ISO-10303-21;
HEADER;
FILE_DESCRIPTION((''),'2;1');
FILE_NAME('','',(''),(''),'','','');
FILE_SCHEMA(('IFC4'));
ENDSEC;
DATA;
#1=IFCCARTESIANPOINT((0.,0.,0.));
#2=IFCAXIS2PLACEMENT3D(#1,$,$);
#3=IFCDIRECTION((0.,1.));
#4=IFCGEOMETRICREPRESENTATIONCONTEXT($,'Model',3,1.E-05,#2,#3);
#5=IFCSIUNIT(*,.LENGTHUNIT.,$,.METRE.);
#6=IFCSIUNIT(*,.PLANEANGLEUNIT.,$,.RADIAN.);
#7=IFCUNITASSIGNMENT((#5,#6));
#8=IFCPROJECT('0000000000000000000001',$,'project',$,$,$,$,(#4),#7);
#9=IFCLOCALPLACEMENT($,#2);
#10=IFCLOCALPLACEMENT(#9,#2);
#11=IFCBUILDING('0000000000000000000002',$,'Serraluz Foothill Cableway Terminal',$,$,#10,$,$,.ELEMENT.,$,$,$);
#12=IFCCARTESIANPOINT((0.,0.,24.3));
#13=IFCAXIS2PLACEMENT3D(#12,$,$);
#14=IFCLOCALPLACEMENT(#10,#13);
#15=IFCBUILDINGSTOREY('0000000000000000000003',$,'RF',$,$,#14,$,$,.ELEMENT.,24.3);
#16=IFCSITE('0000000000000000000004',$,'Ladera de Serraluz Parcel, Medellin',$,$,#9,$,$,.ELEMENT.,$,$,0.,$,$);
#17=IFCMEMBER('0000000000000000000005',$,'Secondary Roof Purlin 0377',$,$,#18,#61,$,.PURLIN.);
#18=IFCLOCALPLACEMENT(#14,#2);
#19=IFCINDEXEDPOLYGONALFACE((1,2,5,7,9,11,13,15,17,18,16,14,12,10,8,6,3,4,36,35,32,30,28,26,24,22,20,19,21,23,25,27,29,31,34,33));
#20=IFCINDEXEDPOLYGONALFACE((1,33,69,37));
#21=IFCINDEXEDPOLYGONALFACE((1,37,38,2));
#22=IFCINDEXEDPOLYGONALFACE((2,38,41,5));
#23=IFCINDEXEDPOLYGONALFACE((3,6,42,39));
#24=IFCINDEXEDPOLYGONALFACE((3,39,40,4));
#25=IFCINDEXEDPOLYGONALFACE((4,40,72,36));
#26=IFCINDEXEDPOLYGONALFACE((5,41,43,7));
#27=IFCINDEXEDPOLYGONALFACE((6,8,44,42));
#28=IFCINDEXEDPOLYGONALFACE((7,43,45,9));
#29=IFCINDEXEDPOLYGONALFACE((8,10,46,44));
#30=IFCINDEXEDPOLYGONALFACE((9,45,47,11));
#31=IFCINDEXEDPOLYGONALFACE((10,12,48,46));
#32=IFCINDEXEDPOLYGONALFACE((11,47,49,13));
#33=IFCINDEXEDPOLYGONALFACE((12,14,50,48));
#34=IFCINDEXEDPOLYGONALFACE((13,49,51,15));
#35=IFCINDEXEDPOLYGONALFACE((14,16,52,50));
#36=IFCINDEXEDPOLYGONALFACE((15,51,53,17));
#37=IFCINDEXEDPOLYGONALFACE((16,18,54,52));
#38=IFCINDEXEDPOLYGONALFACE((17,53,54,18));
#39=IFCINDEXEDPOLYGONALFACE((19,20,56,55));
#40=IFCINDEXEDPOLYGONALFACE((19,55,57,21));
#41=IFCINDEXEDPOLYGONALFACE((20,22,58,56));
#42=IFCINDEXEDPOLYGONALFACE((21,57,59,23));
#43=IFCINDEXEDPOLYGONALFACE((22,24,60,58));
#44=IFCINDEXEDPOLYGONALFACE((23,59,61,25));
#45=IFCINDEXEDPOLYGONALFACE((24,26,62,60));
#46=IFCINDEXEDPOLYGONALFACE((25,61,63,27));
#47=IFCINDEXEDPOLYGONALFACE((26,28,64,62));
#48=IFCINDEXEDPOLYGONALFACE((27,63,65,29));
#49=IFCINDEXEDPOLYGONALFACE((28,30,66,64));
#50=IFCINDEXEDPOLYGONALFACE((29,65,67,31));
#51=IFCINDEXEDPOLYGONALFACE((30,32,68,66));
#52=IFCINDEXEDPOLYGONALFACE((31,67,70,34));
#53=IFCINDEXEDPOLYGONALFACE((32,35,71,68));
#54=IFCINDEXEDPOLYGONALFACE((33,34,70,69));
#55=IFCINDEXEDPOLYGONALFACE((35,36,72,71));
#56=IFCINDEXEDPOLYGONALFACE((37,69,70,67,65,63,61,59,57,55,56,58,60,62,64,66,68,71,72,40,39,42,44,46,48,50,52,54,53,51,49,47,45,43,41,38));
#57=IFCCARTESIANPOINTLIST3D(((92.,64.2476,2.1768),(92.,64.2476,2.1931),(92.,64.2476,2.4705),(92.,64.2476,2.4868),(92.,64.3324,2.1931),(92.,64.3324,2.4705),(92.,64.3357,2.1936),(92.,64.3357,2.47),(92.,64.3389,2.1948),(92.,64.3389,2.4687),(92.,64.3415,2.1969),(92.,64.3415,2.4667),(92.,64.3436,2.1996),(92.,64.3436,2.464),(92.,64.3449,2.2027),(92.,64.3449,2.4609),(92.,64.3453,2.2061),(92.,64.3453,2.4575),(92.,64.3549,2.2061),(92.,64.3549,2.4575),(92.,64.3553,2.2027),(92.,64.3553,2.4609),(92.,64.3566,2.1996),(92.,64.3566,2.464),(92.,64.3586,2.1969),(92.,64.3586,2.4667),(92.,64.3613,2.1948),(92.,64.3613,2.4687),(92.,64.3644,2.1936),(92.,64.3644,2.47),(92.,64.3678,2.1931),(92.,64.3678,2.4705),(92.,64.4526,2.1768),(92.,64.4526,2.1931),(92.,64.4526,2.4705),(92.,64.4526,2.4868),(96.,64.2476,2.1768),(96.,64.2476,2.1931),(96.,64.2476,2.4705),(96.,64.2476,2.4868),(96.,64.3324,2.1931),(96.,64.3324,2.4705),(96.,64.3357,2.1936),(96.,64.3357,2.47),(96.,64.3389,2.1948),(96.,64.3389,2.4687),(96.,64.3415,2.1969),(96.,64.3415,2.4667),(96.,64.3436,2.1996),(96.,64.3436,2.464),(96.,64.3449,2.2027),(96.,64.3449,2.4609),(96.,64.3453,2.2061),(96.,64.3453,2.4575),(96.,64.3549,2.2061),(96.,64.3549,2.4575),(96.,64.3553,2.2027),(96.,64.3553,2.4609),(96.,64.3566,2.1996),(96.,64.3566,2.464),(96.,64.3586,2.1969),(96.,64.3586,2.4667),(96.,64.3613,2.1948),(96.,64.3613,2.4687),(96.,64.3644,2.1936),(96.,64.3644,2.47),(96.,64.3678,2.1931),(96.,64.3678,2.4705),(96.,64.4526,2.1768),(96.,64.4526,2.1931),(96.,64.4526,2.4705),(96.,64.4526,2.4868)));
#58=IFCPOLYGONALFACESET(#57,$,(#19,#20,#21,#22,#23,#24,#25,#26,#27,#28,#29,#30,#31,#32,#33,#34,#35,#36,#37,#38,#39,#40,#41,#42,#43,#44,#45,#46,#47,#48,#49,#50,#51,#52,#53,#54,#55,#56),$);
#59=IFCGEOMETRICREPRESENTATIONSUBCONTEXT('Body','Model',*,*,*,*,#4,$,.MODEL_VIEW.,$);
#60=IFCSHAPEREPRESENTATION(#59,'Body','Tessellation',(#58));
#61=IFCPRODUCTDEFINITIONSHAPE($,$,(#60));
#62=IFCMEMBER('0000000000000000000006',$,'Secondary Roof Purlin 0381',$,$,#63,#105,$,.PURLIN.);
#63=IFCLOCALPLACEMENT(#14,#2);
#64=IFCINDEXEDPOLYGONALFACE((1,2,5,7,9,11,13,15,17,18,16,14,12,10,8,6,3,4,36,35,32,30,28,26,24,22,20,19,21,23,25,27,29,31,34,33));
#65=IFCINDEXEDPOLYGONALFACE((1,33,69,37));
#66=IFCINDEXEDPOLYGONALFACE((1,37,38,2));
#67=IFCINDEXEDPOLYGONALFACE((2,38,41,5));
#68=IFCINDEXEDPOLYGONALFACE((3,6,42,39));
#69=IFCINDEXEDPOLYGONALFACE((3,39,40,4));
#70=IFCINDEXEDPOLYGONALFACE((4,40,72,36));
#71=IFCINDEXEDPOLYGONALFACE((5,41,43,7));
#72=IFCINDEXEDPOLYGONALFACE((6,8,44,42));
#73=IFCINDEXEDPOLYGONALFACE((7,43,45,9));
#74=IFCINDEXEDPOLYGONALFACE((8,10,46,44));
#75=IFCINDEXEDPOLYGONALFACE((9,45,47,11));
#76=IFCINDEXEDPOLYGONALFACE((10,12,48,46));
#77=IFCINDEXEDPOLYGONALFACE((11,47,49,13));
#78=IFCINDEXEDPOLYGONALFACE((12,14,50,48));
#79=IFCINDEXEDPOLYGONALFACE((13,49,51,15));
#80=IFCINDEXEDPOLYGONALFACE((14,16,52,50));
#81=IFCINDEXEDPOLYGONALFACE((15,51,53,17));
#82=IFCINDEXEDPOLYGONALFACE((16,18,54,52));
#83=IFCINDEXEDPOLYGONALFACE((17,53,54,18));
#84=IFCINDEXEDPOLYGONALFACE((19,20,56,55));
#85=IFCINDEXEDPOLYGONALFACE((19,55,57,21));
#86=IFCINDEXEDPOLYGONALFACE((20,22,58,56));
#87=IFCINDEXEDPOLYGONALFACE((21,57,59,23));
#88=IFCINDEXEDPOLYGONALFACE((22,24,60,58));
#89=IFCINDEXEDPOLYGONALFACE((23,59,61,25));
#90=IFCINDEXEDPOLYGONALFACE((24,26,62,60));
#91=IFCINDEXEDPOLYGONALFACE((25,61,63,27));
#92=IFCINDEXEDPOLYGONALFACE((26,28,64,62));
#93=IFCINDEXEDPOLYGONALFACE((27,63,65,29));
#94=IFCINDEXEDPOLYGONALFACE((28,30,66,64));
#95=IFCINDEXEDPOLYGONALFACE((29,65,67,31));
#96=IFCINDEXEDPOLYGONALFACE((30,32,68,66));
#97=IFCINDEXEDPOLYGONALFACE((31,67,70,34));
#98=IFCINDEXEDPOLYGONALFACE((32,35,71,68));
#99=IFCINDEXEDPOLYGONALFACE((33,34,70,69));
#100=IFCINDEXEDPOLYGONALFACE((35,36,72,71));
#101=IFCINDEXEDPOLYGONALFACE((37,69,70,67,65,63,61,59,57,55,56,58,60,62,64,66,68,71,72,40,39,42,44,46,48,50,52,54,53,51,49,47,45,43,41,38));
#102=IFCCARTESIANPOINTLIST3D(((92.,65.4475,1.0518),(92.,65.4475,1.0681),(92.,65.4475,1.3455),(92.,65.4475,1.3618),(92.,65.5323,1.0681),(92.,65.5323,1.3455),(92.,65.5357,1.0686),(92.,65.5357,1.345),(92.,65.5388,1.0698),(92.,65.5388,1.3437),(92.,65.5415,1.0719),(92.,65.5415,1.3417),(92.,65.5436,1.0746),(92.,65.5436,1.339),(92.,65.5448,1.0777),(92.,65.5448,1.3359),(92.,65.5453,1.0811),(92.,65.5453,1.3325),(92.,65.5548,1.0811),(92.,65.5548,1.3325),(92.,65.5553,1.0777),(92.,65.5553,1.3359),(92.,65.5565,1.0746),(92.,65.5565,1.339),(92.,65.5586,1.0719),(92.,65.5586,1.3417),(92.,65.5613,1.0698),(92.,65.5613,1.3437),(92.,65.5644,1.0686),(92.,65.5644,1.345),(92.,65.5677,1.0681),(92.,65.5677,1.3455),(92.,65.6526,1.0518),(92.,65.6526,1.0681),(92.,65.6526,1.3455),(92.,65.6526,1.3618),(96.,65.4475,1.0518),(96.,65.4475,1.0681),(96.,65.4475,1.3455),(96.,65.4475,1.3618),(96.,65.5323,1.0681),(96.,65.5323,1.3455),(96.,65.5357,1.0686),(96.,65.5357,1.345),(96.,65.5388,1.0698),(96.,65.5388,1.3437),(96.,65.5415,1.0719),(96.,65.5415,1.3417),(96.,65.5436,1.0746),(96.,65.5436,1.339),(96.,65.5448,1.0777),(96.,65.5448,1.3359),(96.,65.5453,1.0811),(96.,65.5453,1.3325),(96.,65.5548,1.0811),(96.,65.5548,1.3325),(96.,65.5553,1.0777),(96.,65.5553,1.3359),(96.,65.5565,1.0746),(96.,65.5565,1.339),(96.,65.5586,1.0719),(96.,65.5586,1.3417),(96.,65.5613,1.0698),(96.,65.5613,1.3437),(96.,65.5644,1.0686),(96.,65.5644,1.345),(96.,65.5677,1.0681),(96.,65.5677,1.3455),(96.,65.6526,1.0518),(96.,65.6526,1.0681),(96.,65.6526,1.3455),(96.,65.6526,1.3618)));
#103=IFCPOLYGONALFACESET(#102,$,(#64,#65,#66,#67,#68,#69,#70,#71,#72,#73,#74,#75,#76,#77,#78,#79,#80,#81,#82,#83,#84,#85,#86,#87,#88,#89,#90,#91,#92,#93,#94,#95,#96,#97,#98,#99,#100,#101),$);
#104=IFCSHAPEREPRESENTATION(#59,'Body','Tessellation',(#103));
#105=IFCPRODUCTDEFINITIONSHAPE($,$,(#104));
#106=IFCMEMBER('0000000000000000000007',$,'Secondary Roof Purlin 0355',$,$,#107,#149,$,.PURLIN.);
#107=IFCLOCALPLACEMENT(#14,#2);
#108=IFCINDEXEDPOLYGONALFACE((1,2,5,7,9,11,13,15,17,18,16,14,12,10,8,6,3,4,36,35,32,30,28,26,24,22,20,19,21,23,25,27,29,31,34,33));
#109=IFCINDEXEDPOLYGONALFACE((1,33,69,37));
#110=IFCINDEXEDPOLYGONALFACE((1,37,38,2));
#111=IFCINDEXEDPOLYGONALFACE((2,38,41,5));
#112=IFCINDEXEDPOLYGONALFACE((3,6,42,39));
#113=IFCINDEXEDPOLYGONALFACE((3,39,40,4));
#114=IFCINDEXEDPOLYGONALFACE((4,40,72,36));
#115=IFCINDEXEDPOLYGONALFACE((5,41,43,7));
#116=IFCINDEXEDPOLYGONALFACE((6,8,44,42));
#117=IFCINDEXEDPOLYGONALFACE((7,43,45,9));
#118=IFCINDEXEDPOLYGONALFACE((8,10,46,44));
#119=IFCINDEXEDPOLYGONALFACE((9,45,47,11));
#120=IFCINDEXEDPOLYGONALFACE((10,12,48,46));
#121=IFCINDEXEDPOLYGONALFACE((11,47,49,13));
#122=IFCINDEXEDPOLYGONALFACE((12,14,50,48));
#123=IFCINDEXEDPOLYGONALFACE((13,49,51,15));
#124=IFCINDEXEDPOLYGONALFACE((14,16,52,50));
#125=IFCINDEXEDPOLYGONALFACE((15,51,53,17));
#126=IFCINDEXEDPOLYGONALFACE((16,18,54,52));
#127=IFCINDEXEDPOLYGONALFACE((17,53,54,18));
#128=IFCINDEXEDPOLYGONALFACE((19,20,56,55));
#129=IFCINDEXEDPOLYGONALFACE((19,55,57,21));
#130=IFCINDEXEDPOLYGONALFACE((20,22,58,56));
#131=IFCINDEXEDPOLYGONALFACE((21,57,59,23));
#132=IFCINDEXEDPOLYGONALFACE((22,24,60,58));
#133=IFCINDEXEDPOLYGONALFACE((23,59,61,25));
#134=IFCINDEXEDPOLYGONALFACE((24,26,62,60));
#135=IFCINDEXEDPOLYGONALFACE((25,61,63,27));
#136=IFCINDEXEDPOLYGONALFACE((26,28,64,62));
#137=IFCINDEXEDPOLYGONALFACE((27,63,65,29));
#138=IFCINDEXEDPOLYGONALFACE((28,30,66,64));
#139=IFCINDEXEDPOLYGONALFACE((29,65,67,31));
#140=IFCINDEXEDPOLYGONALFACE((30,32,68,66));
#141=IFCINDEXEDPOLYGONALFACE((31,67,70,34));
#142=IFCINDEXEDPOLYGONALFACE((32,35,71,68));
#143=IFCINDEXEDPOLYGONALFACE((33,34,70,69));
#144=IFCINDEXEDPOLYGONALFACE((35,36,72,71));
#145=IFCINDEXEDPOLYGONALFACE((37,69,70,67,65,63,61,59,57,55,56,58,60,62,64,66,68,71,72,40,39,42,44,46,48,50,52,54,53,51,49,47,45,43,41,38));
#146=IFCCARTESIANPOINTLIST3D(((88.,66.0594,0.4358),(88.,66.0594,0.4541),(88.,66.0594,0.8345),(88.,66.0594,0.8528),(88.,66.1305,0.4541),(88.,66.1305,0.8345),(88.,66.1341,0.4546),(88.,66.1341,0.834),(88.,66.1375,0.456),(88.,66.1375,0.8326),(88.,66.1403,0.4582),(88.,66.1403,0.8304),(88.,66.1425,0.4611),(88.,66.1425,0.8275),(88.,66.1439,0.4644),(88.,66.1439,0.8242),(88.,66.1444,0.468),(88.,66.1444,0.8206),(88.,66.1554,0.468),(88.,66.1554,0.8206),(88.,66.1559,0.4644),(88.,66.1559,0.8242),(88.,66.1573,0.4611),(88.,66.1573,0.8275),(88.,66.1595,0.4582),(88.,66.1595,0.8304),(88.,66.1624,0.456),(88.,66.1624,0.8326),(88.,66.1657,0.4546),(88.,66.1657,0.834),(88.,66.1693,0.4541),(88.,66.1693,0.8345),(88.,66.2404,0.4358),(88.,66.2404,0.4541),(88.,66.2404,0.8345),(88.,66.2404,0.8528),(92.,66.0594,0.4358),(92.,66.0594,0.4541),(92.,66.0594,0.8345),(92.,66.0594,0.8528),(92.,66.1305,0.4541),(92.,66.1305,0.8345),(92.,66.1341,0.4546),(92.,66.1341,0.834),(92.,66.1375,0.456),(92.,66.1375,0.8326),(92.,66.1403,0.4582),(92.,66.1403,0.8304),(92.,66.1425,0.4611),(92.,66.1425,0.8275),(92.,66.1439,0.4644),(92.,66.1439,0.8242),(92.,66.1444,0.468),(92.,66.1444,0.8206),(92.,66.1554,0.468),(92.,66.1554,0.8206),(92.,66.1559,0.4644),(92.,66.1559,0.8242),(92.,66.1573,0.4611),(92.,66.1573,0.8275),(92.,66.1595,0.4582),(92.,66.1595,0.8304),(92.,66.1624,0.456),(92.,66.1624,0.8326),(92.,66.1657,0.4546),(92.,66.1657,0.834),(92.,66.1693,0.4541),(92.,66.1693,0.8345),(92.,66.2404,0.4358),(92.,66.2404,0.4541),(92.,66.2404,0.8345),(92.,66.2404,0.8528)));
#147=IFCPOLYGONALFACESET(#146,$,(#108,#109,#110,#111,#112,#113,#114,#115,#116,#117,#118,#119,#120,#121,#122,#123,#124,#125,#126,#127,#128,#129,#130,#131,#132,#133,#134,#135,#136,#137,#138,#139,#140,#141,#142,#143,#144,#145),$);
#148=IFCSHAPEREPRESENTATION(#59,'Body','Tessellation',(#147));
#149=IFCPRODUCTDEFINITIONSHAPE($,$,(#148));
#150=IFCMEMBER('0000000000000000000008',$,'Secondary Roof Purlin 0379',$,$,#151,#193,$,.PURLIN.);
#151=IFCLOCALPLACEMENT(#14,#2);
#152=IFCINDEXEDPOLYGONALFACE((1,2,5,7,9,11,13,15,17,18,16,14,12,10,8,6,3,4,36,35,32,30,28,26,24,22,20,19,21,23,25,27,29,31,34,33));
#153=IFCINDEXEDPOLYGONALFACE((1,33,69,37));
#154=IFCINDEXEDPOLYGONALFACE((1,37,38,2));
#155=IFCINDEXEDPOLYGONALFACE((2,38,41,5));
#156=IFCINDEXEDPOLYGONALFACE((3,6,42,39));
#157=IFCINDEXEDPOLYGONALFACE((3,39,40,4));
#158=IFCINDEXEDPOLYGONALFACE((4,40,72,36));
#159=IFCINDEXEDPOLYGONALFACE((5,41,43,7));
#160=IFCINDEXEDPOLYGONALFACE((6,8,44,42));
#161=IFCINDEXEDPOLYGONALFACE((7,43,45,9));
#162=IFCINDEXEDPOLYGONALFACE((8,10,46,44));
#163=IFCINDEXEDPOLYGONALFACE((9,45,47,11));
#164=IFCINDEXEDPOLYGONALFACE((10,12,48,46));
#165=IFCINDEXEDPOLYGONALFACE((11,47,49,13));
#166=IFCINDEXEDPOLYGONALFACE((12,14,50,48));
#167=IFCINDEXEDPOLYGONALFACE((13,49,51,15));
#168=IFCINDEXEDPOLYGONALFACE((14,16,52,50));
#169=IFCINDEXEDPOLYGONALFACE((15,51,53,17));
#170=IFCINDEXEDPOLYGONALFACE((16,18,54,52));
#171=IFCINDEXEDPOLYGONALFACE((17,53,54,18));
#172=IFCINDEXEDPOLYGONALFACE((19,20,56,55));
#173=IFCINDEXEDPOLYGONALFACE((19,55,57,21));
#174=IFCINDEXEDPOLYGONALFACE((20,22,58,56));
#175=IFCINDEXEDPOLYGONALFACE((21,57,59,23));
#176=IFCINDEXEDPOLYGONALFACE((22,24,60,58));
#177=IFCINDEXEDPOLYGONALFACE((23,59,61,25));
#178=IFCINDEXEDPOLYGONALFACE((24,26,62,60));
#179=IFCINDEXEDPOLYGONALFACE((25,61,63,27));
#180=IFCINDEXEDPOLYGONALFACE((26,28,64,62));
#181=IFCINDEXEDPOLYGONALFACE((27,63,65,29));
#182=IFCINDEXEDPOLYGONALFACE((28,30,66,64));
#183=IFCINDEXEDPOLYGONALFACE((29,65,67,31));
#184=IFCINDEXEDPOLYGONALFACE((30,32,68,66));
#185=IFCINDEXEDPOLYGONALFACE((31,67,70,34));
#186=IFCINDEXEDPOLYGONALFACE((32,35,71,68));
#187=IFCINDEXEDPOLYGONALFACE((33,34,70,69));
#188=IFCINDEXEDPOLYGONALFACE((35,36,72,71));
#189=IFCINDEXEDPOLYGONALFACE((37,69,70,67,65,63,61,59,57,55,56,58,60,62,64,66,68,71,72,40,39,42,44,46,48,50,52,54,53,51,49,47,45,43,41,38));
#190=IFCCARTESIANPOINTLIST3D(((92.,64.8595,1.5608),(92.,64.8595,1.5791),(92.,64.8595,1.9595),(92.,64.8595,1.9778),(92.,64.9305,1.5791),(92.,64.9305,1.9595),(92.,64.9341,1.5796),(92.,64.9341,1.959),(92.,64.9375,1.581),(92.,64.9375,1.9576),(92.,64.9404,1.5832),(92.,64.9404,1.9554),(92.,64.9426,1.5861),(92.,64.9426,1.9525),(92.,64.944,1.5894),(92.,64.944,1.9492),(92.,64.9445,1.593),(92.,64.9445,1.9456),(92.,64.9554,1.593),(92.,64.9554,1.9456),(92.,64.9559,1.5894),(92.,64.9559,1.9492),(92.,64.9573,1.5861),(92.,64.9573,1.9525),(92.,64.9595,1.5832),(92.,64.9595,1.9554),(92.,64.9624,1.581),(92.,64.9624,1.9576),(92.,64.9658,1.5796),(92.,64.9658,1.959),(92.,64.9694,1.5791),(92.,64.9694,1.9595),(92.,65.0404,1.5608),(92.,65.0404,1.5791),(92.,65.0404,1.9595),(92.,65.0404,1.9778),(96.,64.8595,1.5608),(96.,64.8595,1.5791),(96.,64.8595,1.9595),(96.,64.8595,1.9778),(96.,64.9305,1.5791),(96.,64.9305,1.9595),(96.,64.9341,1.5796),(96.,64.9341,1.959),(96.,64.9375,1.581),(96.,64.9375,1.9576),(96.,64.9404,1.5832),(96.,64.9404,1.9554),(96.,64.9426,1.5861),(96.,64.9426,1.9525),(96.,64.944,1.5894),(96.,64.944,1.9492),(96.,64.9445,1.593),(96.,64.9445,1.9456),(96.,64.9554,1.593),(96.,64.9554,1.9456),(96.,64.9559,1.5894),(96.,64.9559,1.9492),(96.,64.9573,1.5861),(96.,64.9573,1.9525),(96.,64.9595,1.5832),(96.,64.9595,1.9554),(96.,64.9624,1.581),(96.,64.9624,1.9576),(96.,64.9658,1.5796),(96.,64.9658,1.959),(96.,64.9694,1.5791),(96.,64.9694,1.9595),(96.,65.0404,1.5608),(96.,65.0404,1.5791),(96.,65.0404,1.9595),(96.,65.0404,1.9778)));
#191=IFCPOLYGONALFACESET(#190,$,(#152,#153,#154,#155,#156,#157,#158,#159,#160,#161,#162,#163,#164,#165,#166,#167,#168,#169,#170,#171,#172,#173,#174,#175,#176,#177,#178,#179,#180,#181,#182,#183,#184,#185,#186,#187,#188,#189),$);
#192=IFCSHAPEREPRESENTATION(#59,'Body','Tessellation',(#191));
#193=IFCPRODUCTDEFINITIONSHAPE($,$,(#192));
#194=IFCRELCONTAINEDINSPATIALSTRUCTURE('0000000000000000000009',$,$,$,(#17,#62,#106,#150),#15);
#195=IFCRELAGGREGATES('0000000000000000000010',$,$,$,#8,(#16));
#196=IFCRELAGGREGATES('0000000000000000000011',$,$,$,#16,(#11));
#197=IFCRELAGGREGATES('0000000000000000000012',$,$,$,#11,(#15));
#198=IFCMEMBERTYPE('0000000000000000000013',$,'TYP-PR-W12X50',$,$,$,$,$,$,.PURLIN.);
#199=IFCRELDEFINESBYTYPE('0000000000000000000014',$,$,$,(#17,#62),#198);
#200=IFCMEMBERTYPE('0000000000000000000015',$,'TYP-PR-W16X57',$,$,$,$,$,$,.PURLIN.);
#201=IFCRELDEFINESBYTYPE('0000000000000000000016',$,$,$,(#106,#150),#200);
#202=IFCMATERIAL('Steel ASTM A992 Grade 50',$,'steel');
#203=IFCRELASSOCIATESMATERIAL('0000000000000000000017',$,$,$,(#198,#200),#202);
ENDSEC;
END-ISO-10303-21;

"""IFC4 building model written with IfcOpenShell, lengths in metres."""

from ifc_helpers import new_model, si_unit, direction, frame, origin, origin_2d, place, context, subcontext, project, spatial, i_section, extrude, material, material_profile, profile_set, type_object, element, save


model = new_model("IFC4")

# Units and contexts
model_context = context("Model", 3, precision=1e-05, world=origin(), true_north=direction((0.0, 1.0)))
body_context = subcontext(model_context, "Body", "Model", "MODEL_VIEW")
ifc_project = project(units=[si_unit("LENGTHUNIT", "METRE"), si_unit("PLANEANGLEUNIT", "RADIAN")], contexts=[model_context])

# Site, building, storey
site_placement = place(None, origin())
site = spatial("IfcSite", under=ifc_project, at=site_placement, Name="Ladera de Serraluz Parcel, Medellin", CompositionType="ELEMENT", RefElevation=0.0)
building_placement = place(site_placement, origin())
building = spatial("IfcBuilding", under=site, at=building_placement, Name="Serraluz Foothill Cableway Terminal", CompositionType="ELEMENT")
storey_placement = place(building_placement, frame((0.0, 0.0, 24.3)))
storey = spatial("IfcBuildingStorey", under=building, at=storey_placement, Name="RF", CompositionType="ELEMENT", Elevation=24.3)

# Members
ifc_material_1 = material(Name="Steel ASTM A992 Grade 50", Category="steel")
ifc_material_profile_1 = material_profile(ifc_material_1, i_section(OverallWidth=0.2051, OverallDepth=0.3101, WebThickness=0.0095, FlangeThickness=0.0164, FilletRadius=0.0129, at=origin_2d()), Name="W12X50")
ifc_profile_set_1 = profile_set([ifc_material_profile_1], Name="Steel ASTM A992 Grade 50")
member_type_1 = type_object("IfcMemberType", Name="TYP-PR-W12X50", PredefinedType="PURLIN", material=ifc_profile_set_1)
for number, where, z_axis, x_axis, name in (
    (1, (92.0, 64.3501, 2.3318), (1.0, 0.0, 0.0), (0.0, 1.0, 0.0), "Secondary Roof Purlin 0377"),
    (2, (92.0, 65.55, 1.2068), (1.0, 0.0, 0.0), (0.0, 1.0, 0.0), "Secondary Roof Purlin 0381"),
):
    element("IfcMember", number, at=place(storey_placement, frame(where, z_axis=z_axis, x_axis=x_axis)), inside=storey, type_object=member_type_1, Name=name, PredefinedType="PURLIN", context=body_context, shape_type="SweptSolid", body=[
        extrude(i_section(OverallWidth=0.2051, OverallDepth=0.3101, WebThickness=0.0095, FlangeThickness=0.0164, FilletRadius=0.0129, at=origin_2d()), origin(), (0.0, 0.0, 1.0), 4.0),
    ])
ifc_material_profile_2 = material_profile(ifc_material_1, i_section(OverallWidth=0.1809, OverallDepth=0.417, WebThickness=0.011, FlangeThickness=0.0183, FilletRadius=0.0139, at=origin_2d()), Name="W16X57")
ifc_profile_set_2 = profile_set([ifc_material_profile_2], Name="Steel ASTM A992 Grade 50")
member_type_2 = type_object("IfcMemberType", Name="TYP-PR-W16X57", PredefinedType="PURLIN", material=ifc_profile_set_2)
for number, where, z_axis, x_axis, name in (
    (3, (88.0, 66.1499, 0.6443), (1.0, 0.0, 0.0), (0.0, 1.0, 0.0), "Secondary Roof Purlin 0355"),
    (4, (92.0, 64.95, 1.7693), (1.0, 0.0, 0.0), (0.0, 1.0, 0.0), "Secondary Roof Purlin 0379"),
):
    element("IfcMember", number, at=place(storey_placement, frame(where, z_axis=z_axis, x_axis=x_axis)), inside=storey, type_object=member_type_2, Name=name, PredefinedType="PURLIN", context=body_context, shape_type="SweptSolid", body=[
        extrude(i_section(OverallWidth=0.1809, OverallDepth=0.417, WebThickness=0.011, FlangeThickness=0.0183, FilletRadius=0.0139, at=origin_2d()), origin(), (0.0, 0.0, 1.0), 4.0),
    ])

save(model, "model.ifc")
